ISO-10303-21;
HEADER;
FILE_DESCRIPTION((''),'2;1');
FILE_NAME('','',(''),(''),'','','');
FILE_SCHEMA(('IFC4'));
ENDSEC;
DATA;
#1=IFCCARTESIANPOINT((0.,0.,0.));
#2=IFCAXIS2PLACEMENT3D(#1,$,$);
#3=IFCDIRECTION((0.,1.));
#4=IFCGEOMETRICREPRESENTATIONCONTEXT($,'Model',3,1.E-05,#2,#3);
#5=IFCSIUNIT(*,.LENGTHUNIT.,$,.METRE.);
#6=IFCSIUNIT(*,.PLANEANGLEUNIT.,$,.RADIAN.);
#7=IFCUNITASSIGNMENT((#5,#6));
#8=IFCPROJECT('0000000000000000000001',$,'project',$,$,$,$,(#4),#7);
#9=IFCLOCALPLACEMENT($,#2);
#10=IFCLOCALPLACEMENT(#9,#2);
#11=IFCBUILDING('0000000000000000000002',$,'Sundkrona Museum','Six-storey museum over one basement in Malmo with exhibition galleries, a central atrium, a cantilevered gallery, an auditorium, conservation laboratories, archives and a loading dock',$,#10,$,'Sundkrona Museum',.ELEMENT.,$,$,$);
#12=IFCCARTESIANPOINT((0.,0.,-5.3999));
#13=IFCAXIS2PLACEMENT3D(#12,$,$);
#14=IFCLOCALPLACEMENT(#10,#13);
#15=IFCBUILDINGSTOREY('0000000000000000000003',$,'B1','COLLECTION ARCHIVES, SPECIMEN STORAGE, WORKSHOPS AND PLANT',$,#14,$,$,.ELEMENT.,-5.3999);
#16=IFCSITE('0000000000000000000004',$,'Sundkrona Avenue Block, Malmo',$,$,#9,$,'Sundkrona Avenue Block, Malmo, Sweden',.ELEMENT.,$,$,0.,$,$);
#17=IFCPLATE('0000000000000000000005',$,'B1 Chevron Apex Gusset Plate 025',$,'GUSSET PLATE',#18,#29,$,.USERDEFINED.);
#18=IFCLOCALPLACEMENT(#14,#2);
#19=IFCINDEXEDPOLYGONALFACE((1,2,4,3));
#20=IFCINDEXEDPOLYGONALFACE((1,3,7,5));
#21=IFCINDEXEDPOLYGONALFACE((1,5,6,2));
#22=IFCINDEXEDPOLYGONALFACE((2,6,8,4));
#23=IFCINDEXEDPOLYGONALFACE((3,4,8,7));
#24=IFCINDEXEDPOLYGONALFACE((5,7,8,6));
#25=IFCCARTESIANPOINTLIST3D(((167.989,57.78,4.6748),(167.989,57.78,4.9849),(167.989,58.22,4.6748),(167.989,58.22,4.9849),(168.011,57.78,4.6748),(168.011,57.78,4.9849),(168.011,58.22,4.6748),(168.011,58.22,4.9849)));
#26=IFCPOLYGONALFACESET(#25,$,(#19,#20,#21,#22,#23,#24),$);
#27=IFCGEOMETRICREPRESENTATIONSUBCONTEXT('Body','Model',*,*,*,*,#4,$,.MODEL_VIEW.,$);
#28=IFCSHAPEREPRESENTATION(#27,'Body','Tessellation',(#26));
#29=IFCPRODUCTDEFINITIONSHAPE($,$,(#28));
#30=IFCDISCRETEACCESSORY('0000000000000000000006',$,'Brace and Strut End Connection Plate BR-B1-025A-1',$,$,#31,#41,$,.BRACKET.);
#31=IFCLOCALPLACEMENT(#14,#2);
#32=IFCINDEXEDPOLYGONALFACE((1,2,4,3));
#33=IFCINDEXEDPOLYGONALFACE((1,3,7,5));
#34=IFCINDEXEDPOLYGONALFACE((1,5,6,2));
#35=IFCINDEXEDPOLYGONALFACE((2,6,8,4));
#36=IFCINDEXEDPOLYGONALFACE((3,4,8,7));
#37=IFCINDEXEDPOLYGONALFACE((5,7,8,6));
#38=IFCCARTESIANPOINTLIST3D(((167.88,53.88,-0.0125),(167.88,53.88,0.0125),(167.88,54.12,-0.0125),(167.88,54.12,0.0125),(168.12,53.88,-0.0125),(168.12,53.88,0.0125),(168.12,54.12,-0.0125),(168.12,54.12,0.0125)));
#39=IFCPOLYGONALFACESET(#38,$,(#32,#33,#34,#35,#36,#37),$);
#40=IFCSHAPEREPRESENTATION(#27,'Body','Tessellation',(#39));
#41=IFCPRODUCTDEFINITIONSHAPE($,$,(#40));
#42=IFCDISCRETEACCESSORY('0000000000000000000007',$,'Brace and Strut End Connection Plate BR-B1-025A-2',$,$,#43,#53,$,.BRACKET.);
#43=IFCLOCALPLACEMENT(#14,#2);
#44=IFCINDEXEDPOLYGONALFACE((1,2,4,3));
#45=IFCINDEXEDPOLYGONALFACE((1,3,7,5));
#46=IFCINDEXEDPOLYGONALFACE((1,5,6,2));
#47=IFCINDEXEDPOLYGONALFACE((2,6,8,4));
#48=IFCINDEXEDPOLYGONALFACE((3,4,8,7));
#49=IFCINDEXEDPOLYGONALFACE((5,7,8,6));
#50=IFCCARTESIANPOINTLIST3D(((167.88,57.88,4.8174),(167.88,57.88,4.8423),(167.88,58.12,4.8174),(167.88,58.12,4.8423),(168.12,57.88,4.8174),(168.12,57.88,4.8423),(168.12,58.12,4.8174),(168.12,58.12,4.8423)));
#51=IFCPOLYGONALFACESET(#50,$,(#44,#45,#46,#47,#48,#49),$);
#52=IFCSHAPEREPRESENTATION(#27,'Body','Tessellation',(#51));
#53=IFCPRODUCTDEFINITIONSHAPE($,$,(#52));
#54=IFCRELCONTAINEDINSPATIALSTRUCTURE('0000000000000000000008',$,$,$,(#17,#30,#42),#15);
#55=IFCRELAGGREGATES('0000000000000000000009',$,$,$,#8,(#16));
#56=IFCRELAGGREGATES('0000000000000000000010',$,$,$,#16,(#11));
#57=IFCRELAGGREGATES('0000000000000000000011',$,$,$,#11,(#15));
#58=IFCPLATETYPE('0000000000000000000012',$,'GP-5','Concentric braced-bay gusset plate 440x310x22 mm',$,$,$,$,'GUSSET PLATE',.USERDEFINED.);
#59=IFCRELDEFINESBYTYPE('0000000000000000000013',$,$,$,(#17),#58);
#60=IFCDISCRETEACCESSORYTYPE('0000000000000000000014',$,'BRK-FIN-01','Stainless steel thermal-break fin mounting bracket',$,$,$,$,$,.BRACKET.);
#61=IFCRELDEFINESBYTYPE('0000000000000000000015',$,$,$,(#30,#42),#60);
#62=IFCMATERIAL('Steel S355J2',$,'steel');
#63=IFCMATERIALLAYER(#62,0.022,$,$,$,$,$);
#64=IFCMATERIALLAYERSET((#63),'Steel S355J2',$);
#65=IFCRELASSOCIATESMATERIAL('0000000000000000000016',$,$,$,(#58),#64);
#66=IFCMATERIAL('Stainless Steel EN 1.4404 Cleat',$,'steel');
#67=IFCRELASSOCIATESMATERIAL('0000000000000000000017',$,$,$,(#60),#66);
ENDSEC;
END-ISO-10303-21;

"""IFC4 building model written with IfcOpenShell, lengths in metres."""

from ifc_helpers import new_model, si_unit, direction, frame, origin, origin_2d, place, context, subcontext, project, spatial, rectangle, extrude, material, layer, layer_set, type_object, element, save


model = new_model("IFC4")

# Units and contexts
model_context = context("Model", 3, precision=1e-05, world=origin(), true_north=direction((0.0, 1.0)))
body_context = subcontext(model_context, "Body", "Model", "MODEL_VIEW")
ifc_project = project(units=[si_unit("LENGTHUNIT", "METRE"), si_unit("PLANEANGLEUNIT", "RADIAN")], contexts=[model_context])

# Site, building, storey
site_placement = place(None, origin())
site = spatial("IfcSite", under=ifc_project, at=site_placement, Name="Sundkrona Avenue Block, Malmo", LongName="Sundkrona Avenue Block, Malmo, Sweden", CompositionType="ELEMENT", RefElevation=0.0)
building_placement = place(site_placement, origin())
building = spatial("IfcBuilding", under=site, at=building_placement, Name="Sundkrona Museum", Description="Six-storey museum over one basement in Malmo with exhibition galleries, a central atrium, a cantilevered gallery, an auditorium, conservation laboratories, archives and a loading dock", LongName="Sundkrona Museum", CompositionType="ELEMENT")
storey_placement = place(building_placement, frame((0.0, 0.0, -5.3999)))
storey = spatial("IfcBuildingStorey", under=building, at=storey_placement, Name="B1", Description="COLLECTION ARCHIVES, SPECIMEN STORAGE, WORKSHOPS AND PLANT", CompositionType="ELEMENT", Elevation=-5.3999)

# Shared definitions
ifc_material_1 = material(Name="Steel S355J2", Category="steel")

# Plate
ifc_layer_1 = layer(ifc_material_1, 0.022)
ifc_layer_set_1 = layer_set([ifc_layer_1], Name="Steel S355J2")
plate_type_1 = type_object("IfcPlateType", Name="GP-5", Description="Concentric braced-bay gusset plate 440x310x22 mm", ElementType="GUSSET PLATE", PredefinedType="USERDEFINED", material=ifc_layer_set_1)
plate_placement = place(storey_placement, frame((168.0, 58.0, 4.6748), z_axis=(0.0, 0.0, 1.0), x_axis=(0.0, 1.0, 0.0)))
element("IfcPlate", 1, at=plate_placement, inside=storey, type_object=plate_type_1, Name="B1 Chevron Apex Gusset Plate 025", ObjectType="GUSSET PLATE", PredefinedType="USERDEFINED", context=body_context, shape_type="SweptSolid", body=[
    extrude(rectangle(XDim=0.4399, YDim=0.022, at=origin_2d()), origin(), (0.0, 0.0, 1.0), 0.3101),
])

# Discrete accessories
ifc_material_2 = material(Name="Stainless Steel EN 1.4404 Cleat", Category="steel")
discrete_accessory_type = type_object("IfcDiscreteAccessoryType", Name="BRK-FIN-01", Description="Stainless steel thermal-break fin mounting bracket", PredefinedType="BRACKET", material=ifc_material_2)
for number, where, z_axis, x_axis, name in (
    (2, (168.0, 54.0, -0.0125), (0.0, 0.0, 1.0), (1.0, 0.0, 0.0), "Brace and Strut End Connection Plate BR-B1-025A-1"),
    (3, (168.0, 58.0, 4.8174), (0.0, 0.0, 1.0), (1.0, 0.0, 0.0), "Brace and Strut End Connection Plate BR-B1-025A-2"),
):
    element("IfcDiscreteAccessory", number, at=place(storey_placement, frame(where, z_axis=z_axis, x_axis=x_axis)), inside=storey, type_object=discrete_accessory_type, Name=name, PredefinedType="BRACKET", context=body_context, shape_type="SweptSolid", body=[
        extrude(rectangle(XDim=0.24, YDim=0.24, at=origin_2d()), origin(), (0.0, 0.0, 1.0), 0.0249),
    ])

save(model, "model.ifc")
